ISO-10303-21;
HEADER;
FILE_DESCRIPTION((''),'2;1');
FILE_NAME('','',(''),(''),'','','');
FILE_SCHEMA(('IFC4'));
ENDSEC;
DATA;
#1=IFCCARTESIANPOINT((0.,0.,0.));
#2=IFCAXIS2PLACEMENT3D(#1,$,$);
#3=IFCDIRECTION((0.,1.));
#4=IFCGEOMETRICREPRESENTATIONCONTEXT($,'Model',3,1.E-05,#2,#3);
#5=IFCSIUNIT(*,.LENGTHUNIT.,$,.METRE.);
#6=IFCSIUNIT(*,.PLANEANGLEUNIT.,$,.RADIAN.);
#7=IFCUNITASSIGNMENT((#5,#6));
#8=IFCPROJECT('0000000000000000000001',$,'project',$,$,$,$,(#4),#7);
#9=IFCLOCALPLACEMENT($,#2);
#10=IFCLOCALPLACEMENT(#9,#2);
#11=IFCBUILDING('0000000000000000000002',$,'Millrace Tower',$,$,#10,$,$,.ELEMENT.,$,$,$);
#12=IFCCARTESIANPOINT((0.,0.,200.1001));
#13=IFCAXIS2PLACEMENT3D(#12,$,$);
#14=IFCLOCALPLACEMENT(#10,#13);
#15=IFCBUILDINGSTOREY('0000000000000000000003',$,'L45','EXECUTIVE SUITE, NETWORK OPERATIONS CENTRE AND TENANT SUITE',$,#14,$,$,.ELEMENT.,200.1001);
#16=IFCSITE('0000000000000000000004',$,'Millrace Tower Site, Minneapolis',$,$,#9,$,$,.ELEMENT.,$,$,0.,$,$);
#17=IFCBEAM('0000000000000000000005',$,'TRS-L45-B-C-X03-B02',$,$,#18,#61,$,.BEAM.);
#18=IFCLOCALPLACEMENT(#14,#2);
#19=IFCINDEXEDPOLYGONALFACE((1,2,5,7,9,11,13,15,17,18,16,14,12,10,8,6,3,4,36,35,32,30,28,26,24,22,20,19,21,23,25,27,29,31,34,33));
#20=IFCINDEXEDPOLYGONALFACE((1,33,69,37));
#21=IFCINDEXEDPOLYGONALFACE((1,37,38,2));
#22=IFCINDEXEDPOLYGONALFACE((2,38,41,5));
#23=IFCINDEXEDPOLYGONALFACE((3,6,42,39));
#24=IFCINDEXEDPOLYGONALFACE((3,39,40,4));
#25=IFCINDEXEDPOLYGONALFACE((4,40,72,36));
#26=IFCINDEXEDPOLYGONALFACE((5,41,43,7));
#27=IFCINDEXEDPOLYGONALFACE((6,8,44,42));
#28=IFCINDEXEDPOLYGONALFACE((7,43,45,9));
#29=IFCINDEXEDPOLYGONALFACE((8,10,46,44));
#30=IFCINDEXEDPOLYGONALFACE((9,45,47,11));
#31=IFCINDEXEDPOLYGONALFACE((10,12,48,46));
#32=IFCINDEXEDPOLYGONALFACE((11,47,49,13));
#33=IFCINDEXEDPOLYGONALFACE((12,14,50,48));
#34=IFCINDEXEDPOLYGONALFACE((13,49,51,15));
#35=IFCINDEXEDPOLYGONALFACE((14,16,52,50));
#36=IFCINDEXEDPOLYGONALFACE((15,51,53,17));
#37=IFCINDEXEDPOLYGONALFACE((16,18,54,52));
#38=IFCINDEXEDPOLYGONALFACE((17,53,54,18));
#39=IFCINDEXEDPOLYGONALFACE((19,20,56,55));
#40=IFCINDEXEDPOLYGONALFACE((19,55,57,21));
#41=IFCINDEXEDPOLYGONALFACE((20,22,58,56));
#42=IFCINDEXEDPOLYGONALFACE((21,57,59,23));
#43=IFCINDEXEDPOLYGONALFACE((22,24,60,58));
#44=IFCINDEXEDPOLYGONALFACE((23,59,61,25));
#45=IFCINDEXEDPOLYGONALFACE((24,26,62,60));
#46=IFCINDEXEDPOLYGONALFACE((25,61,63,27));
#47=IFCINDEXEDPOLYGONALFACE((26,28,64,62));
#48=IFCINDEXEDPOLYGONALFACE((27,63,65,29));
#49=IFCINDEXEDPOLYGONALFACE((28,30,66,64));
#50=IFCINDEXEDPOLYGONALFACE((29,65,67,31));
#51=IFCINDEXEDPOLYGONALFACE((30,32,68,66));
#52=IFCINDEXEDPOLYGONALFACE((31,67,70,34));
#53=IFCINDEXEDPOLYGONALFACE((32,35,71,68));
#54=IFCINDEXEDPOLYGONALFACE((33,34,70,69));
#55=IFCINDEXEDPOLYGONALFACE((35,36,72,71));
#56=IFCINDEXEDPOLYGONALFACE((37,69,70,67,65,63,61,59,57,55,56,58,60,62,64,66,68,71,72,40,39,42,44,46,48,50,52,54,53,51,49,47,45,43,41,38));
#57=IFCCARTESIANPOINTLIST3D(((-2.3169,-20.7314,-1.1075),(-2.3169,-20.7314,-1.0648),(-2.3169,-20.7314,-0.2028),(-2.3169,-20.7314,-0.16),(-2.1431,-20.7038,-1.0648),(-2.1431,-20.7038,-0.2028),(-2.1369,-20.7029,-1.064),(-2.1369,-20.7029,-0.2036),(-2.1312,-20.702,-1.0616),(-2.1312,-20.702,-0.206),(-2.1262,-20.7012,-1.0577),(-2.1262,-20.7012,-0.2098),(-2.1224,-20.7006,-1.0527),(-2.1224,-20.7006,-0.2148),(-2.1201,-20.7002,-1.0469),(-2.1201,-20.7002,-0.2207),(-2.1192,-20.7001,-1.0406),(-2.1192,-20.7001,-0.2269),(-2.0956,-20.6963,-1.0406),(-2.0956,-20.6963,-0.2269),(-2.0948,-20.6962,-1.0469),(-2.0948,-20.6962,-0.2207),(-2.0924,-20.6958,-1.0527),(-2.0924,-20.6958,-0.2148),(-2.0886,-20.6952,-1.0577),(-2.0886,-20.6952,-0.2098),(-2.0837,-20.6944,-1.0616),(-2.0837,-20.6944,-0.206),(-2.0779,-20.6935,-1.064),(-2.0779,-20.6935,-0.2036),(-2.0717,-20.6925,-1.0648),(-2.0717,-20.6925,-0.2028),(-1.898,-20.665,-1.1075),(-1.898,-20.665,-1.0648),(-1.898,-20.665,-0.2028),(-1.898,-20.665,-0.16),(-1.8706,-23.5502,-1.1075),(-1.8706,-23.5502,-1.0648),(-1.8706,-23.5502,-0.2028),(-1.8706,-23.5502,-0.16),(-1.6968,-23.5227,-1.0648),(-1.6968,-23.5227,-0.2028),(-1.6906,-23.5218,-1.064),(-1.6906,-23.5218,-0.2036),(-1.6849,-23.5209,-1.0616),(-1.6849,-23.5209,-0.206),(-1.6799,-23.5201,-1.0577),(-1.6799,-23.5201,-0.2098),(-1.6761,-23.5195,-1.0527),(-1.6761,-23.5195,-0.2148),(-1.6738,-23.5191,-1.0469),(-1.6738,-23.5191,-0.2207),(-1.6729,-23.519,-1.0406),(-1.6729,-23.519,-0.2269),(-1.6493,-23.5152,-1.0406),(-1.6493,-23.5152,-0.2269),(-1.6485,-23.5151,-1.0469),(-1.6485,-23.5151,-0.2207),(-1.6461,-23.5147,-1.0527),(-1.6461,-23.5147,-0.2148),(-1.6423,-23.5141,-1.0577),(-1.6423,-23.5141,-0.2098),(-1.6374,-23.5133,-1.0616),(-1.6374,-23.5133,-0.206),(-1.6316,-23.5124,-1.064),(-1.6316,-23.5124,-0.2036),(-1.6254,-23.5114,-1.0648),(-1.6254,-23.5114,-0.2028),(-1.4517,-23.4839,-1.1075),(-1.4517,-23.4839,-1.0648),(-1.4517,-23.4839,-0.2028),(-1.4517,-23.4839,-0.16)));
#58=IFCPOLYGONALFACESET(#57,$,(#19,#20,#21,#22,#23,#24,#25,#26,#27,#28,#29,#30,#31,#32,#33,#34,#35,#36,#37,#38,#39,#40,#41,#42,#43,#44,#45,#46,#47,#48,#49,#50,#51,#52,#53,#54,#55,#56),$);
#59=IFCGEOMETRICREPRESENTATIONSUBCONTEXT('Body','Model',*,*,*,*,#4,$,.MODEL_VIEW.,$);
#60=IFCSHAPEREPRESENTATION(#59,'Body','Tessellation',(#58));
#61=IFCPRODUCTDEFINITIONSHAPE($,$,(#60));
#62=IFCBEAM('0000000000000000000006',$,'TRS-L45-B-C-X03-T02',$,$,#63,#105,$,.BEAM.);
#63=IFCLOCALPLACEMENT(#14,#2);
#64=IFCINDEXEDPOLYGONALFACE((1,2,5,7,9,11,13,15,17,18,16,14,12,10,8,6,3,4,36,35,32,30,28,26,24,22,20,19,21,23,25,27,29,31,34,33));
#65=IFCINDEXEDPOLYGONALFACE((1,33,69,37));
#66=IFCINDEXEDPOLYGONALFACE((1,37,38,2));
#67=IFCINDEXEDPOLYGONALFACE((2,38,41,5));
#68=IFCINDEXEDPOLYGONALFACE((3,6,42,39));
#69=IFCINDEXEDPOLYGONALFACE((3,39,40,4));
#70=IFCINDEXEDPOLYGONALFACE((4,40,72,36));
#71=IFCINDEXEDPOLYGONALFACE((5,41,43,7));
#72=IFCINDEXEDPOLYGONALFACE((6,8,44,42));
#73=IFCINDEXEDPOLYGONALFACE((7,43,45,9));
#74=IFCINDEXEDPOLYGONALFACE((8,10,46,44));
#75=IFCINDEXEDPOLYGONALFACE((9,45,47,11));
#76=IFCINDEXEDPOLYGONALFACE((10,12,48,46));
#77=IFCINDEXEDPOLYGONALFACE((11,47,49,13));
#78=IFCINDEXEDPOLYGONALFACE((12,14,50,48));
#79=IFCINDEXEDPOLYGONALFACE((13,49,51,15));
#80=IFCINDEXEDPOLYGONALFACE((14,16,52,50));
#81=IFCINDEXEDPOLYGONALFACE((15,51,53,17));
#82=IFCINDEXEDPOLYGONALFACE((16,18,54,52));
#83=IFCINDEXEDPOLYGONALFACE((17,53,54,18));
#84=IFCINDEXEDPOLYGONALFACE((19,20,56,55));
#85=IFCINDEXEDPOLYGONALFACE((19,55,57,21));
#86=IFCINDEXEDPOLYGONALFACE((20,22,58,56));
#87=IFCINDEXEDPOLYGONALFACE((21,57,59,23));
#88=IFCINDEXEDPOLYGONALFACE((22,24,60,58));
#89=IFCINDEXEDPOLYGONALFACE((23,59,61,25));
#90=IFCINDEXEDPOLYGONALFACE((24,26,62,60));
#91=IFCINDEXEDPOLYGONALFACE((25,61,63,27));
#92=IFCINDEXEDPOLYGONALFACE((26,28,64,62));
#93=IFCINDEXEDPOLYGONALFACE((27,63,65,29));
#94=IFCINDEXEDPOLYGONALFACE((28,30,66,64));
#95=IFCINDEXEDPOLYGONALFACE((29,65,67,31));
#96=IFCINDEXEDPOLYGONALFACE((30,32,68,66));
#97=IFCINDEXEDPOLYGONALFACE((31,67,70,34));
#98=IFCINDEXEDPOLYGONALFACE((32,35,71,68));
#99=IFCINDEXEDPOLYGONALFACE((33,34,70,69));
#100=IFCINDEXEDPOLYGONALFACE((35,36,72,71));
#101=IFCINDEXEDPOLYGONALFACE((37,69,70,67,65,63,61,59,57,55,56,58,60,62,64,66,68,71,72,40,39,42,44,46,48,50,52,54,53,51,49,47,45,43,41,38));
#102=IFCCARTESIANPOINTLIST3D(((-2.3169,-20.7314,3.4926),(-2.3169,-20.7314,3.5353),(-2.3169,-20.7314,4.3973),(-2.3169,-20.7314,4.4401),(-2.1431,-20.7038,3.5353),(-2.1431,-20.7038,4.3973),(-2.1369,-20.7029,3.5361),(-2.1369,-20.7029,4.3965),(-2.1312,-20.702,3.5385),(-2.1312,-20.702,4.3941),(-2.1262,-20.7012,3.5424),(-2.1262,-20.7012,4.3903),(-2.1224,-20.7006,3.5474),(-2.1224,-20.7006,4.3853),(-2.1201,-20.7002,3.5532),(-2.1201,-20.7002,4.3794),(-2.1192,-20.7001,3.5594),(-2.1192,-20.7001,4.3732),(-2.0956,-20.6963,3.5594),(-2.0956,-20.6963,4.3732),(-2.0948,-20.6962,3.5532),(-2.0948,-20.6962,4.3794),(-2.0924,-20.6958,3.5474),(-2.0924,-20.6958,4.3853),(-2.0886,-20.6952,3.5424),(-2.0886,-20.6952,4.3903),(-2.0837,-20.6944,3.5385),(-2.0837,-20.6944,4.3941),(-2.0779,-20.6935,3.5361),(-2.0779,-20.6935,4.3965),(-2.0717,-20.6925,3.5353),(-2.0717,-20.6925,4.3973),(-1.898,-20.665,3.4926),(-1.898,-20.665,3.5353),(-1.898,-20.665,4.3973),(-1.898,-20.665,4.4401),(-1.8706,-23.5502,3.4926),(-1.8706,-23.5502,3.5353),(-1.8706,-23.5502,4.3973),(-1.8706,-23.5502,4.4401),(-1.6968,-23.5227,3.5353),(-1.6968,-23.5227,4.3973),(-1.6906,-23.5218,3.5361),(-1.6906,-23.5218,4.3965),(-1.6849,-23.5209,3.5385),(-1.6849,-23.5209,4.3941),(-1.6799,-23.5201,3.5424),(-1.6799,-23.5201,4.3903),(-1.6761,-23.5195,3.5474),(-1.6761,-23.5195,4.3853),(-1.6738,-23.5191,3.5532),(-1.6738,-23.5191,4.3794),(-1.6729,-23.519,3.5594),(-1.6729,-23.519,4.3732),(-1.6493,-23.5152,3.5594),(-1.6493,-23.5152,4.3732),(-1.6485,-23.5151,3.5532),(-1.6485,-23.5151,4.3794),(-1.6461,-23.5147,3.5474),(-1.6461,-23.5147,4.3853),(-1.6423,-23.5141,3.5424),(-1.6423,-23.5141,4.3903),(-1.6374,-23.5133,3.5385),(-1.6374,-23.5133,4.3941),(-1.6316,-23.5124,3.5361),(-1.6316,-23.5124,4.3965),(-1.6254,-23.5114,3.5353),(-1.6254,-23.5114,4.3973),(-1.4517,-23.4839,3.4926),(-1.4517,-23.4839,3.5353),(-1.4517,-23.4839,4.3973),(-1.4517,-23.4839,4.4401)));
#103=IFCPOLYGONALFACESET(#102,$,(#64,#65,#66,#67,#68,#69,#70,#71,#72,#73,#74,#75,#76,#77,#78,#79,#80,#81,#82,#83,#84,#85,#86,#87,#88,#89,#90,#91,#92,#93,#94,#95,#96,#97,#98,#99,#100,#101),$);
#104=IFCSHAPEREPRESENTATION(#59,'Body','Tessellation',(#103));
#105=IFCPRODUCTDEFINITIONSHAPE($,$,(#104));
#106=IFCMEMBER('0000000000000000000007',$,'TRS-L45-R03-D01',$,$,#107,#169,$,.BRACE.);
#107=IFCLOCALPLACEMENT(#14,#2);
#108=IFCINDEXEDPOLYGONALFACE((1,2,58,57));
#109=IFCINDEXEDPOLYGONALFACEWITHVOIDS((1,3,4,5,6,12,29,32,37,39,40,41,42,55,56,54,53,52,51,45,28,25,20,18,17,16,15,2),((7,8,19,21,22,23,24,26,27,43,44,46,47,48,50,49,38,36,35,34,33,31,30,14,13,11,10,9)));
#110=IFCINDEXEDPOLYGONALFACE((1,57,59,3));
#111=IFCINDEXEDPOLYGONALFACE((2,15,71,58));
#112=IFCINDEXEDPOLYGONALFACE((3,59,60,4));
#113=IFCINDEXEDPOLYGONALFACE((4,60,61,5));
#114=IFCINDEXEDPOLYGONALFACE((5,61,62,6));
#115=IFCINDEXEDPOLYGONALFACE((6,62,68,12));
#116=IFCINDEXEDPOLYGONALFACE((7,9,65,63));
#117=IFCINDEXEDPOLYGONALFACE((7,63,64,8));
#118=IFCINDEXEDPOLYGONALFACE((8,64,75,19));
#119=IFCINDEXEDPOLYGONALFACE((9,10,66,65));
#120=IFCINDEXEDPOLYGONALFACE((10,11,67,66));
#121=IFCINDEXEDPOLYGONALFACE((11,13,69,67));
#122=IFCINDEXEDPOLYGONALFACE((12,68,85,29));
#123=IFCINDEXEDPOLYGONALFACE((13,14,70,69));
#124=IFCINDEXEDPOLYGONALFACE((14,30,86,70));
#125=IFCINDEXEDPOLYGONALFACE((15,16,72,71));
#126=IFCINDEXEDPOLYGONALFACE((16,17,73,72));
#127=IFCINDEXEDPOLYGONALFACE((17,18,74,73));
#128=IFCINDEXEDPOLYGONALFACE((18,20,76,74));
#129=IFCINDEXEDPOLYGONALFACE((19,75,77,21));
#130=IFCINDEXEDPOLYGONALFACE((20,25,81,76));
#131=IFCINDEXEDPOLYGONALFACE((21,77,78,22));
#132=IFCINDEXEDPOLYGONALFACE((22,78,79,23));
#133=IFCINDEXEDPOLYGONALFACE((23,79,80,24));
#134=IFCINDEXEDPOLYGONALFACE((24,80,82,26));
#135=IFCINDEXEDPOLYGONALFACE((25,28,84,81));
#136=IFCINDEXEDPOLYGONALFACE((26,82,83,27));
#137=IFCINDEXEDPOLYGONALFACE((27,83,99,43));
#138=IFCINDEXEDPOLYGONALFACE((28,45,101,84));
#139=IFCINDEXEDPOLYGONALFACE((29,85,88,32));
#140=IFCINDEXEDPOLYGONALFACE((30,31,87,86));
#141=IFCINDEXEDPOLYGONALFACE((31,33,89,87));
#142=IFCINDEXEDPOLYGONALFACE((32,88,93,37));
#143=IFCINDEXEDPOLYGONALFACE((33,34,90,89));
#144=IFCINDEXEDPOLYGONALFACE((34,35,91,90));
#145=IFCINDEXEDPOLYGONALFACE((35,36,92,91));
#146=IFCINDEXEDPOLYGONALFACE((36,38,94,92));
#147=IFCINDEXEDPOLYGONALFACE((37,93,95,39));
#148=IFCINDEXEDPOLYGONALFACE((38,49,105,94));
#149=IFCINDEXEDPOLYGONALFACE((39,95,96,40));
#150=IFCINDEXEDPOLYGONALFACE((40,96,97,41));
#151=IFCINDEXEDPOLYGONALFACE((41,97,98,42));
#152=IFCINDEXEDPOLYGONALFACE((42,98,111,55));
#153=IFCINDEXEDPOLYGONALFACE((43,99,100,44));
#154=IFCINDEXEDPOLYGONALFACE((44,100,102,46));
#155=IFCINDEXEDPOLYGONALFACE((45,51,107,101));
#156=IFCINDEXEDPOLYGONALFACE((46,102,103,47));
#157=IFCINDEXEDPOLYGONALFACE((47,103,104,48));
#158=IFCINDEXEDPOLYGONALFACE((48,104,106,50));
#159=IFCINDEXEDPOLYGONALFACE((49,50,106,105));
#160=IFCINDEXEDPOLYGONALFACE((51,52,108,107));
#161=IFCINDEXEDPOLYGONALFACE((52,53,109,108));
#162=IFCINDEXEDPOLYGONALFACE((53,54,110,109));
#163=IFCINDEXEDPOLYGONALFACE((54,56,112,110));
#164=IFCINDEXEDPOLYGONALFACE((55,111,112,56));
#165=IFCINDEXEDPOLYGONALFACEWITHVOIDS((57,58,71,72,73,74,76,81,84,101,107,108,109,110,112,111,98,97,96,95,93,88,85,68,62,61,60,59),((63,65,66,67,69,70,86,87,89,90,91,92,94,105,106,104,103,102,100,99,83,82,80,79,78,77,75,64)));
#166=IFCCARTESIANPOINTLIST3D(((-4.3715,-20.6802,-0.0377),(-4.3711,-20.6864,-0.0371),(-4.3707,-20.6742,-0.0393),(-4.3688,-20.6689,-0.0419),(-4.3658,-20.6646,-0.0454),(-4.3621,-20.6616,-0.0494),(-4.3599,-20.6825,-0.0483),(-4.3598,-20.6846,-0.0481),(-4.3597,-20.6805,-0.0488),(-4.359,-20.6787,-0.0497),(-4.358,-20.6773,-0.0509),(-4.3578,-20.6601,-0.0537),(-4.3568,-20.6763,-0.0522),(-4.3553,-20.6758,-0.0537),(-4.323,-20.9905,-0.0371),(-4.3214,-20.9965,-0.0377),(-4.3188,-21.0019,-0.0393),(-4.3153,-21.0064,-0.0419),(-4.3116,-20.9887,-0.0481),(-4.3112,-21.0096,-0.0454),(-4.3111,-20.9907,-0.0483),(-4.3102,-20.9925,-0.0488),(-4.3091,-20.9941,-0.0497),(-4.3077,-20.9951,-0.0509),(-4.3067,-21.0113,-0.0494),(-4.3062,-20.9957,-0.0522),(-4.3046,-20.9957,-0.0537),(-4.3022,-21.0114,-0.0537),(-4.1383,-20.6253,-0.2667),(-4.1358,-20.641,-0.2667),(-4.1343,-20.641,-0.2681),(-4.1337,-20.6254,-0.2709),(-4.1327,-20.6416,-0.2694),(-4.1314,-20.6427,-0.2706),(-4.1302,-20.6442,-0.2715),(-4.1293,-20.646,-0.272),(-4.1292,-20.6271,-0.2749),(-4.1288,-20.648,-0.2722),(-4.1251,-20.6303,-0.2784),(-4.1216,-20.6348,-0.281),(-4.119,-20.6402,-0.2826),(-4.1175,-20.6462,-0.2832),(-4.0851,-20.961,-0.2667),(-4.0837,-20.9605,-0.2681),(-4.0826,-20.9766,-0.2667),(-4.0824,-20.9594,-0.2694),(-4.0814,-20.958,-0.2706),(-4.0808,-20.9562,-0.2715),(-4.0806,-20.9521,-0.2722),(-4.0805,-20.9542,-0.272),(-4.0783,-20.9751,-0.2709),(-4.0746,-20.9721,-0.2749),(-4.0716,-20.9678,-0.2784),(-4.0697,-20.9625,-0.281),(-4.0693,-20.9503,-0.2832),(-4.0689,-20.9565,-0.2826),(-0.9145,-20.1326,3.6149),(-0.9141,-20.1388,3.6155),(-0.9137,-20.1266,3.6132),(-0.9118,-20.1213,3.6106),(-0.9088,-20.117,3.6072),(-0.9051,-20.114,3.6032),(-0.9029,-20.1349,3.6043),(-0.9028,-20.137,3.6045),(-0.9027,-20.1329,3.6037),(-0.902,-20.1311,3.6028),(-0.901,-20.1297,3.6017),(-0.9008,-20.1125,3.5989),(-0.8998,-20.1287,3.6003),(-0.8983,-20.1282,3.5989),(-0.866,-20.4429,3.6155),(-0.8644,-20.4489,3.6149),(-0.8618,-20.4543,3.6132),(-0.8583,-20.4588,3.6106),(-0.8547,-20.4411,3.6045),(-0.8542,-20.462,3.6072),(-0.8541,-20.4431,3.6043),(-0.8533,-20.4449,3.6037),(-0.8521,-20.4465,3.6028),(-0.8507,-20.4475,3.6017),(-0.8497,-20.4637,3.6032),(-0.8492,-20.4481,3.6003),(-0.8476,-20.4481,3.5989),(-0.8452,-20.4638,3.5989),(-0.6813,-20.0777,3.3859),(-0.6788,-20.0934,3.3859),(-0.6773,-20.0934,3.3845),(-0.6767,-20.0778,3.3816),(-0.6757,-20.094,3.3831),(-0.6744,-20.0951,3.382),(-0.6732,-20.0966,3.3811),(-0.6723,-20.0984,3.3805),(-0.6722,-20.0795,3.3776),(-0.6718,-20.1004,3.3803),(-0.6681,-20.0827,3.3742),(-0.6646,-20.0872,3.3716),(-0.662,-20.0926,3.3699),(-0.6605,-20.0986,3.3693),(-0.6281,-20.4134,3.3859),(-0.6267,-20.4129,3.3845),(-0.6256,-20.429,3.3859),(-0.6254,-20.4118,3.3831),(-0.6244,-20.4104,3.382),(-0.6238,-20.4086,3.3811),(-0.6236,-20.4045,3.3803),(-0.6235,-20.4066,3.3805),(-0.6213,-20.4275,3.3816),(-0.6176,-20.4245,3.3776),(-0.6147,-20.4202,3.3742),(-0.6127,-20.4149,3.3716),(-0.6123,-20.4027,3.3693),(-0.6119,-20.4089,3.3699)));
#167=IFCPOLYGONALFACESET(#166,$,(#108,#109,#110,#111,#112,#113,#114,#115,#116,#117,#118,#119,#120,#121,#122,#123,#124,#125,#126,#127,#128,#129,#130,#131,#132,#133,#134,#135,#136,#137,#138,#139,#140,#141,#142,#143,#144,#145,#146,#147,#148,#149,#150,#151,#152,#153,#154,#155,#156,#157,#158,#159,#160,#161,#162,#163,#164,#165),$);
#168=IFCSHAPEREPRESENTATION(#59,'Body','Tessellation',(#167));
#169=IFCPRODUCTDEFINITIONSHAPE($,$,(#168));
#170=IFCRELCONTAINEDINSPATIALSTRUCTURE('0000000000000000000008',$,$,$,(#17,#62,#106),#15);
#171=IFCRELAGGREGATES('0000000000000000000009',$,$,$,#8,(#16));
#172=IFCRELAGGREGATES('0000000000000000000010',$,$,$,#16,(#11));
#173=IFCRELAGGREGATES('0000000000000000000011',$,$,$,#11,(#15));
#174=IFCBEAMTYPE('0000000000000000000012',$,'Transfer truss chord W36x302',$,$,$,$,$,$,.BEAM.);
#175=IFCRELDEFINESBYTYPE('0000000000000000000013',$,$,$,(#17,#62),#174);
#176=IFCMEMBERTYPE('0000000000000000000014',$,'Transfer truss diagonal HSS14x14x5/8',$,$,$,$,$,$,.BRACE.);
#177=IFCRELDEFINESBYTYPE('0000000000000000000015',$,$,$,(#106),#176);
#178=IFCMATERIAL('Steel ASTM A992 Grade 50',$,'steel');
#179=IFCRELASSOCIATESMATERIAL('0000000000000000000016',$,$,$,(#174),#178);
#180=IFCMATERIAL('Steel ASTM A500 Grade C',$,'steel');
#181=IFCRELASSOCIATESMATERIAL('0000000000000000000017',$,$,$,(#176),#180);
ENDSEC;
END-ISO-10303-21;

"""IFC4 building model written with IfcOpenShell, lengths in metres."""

from ifc_helpers import new_model, si_unit, direction, frame, origin, origin_2d, place, context, subcontext, project, spatial, hollow_rectangle, i_section, extrude, material, material_profile, profile_set, type_object, element, save


model = new_model("IFC4")

# Units and contexts
model_context = context("Model", 3, precision=1e-05, world=origin(), true_north=direction((0.0, 1.0)))
body_context = subcontext(model_context, "Body", "Model", "MODEL_VIEW")
ifc_project = project(units=[si_unit("LENGTHUNIT", "METRE"), si_unit("PLANEANGLEUNIT", "RADIAN")], contexts=[model_context])

# Site, building, storey
site_placement = place(None, origin())
site = spatial("IfcSite", under=ifc_project, at=site_placement, Name="Millrace Tower Site, Minneapolis", CompositionType="ELEMENT", RefElevation=0.0)
building_placement = place(site_placement, origin())
building = spatial("IfcBuilding", under=site, at=building_placement, Name="Millrace Tower", CompositionType="ELEMENT")
storey_placement = place(building_placement, frame((0.0, 0.0, 200.1001)))
storey = spatial("IfcBuildingStorey", under=building, at=storey_placement, Name="L45", Description="EXECUTIVE SUITE, NETWORK OPERATIONS CENTRE AND TENANT SUITE", CompositionType="ELEMENT", Elevation=200.1001)

# Beams
ifc_material_1 = material(Name="Steel ASTM A992 Grade 50", Category="steel")
ifc_material_profile_1 = material_profile(ifc_material_1, i_section(OverallWidth=0.4241, OverallDepth=0.9475, WebThickness=0.0239, FlangeThickness=0.0427, FilletRadius=0.0242, at=origin_2d()))
ifc_profile_set_1 = profile_set([ifc_material_profile_1], Name="Steel ASTM A992 Grade 50")
beam_type_1 = type_object("IfcBeamType", Name="Transfer truss chord W36x302", PredefinedType="BEAM", material=ifc_profile_set_1)
for number, where, z_axis, x_axis, name in (
    (1, (-1.6611, -23.5171, -0.6338), (-0.156375, 0.987698, 0.0), (-0.987698, -0.156375, 0.0), "TRS-L45-B-C-X03-B02"),
    (2, (-1.6611, -23.5171, 3.9663), (-0.156375, 0.987698, 0.0), (-0.987698, -0.156375, 0.0), "TRS-L45-B-C-X03-T02"),
):
    element("IfcBeam", number, at=place(storey_placement, frame(where, z_axis=z_axis, x_axis=x_axis)), inside=storey, type_object=beam_type_1, Name=name, PredefinedType="BEAM", context=body_context, shape_type="SweptSolid", body=[
        extrude(i_section(OverallWidth=0.4241, OverallDepth=0.9475, WebThickness=0.0239, FlangeThickness=0.0427, FilletRadius=0.0242, at=origin_2d()), origin(), (0.0, 0.0, 1.0), 2.854),
    ])

# Member
ifc_material_2 = material(Name="Steel ASTM A500 Grade C", Category="steel")
ifc_material_profile_2 = material_profile(ifc_material_2, hollow_rectangle(XDim=0.3557, YDim=0.3557, WallThickness=0.0159, InnerFilletRadius=0.0081, OuterFilletRadius=0.0239, at=origin_2d()))
ifc_profile_set_2 = profile_set([ifc_material_profile_2], Name="Steel ASTM A500 Grade C")
member_type_1 = type_object("IfcMemberType", Name="Transfer truss diagonal HSS14x14x5/8", PredefinedType="BRACE", material=ifc_profile_set_2)
member_1_placement = place(storey_placement, frame((-4.2202, -20.8184, -0.1602), z_axis=(0.683358, 0.108247, 0.722014), x_axis=(-0.156453, 0.987685, 0.0)))
element("IfcMember", 3, at=member_1_placement, inside=storey, type_object=member_type_1, Name="TRS-L45-R03-D01", PredefinedType="BRACE", context=body_context, shape_type="SweptSolid", body=[
    extrude(hollow_rectangle(XDim=0.3557, YDim=0.3557, WallThickness=0.0159, InnerFilletRadius=0.0081, OuterFilletRadius=0.0239, at=origin_2d()), origin(), (0.0, 0.0, 1.0), 5.0588),
])

save(model, "model.ifc")
